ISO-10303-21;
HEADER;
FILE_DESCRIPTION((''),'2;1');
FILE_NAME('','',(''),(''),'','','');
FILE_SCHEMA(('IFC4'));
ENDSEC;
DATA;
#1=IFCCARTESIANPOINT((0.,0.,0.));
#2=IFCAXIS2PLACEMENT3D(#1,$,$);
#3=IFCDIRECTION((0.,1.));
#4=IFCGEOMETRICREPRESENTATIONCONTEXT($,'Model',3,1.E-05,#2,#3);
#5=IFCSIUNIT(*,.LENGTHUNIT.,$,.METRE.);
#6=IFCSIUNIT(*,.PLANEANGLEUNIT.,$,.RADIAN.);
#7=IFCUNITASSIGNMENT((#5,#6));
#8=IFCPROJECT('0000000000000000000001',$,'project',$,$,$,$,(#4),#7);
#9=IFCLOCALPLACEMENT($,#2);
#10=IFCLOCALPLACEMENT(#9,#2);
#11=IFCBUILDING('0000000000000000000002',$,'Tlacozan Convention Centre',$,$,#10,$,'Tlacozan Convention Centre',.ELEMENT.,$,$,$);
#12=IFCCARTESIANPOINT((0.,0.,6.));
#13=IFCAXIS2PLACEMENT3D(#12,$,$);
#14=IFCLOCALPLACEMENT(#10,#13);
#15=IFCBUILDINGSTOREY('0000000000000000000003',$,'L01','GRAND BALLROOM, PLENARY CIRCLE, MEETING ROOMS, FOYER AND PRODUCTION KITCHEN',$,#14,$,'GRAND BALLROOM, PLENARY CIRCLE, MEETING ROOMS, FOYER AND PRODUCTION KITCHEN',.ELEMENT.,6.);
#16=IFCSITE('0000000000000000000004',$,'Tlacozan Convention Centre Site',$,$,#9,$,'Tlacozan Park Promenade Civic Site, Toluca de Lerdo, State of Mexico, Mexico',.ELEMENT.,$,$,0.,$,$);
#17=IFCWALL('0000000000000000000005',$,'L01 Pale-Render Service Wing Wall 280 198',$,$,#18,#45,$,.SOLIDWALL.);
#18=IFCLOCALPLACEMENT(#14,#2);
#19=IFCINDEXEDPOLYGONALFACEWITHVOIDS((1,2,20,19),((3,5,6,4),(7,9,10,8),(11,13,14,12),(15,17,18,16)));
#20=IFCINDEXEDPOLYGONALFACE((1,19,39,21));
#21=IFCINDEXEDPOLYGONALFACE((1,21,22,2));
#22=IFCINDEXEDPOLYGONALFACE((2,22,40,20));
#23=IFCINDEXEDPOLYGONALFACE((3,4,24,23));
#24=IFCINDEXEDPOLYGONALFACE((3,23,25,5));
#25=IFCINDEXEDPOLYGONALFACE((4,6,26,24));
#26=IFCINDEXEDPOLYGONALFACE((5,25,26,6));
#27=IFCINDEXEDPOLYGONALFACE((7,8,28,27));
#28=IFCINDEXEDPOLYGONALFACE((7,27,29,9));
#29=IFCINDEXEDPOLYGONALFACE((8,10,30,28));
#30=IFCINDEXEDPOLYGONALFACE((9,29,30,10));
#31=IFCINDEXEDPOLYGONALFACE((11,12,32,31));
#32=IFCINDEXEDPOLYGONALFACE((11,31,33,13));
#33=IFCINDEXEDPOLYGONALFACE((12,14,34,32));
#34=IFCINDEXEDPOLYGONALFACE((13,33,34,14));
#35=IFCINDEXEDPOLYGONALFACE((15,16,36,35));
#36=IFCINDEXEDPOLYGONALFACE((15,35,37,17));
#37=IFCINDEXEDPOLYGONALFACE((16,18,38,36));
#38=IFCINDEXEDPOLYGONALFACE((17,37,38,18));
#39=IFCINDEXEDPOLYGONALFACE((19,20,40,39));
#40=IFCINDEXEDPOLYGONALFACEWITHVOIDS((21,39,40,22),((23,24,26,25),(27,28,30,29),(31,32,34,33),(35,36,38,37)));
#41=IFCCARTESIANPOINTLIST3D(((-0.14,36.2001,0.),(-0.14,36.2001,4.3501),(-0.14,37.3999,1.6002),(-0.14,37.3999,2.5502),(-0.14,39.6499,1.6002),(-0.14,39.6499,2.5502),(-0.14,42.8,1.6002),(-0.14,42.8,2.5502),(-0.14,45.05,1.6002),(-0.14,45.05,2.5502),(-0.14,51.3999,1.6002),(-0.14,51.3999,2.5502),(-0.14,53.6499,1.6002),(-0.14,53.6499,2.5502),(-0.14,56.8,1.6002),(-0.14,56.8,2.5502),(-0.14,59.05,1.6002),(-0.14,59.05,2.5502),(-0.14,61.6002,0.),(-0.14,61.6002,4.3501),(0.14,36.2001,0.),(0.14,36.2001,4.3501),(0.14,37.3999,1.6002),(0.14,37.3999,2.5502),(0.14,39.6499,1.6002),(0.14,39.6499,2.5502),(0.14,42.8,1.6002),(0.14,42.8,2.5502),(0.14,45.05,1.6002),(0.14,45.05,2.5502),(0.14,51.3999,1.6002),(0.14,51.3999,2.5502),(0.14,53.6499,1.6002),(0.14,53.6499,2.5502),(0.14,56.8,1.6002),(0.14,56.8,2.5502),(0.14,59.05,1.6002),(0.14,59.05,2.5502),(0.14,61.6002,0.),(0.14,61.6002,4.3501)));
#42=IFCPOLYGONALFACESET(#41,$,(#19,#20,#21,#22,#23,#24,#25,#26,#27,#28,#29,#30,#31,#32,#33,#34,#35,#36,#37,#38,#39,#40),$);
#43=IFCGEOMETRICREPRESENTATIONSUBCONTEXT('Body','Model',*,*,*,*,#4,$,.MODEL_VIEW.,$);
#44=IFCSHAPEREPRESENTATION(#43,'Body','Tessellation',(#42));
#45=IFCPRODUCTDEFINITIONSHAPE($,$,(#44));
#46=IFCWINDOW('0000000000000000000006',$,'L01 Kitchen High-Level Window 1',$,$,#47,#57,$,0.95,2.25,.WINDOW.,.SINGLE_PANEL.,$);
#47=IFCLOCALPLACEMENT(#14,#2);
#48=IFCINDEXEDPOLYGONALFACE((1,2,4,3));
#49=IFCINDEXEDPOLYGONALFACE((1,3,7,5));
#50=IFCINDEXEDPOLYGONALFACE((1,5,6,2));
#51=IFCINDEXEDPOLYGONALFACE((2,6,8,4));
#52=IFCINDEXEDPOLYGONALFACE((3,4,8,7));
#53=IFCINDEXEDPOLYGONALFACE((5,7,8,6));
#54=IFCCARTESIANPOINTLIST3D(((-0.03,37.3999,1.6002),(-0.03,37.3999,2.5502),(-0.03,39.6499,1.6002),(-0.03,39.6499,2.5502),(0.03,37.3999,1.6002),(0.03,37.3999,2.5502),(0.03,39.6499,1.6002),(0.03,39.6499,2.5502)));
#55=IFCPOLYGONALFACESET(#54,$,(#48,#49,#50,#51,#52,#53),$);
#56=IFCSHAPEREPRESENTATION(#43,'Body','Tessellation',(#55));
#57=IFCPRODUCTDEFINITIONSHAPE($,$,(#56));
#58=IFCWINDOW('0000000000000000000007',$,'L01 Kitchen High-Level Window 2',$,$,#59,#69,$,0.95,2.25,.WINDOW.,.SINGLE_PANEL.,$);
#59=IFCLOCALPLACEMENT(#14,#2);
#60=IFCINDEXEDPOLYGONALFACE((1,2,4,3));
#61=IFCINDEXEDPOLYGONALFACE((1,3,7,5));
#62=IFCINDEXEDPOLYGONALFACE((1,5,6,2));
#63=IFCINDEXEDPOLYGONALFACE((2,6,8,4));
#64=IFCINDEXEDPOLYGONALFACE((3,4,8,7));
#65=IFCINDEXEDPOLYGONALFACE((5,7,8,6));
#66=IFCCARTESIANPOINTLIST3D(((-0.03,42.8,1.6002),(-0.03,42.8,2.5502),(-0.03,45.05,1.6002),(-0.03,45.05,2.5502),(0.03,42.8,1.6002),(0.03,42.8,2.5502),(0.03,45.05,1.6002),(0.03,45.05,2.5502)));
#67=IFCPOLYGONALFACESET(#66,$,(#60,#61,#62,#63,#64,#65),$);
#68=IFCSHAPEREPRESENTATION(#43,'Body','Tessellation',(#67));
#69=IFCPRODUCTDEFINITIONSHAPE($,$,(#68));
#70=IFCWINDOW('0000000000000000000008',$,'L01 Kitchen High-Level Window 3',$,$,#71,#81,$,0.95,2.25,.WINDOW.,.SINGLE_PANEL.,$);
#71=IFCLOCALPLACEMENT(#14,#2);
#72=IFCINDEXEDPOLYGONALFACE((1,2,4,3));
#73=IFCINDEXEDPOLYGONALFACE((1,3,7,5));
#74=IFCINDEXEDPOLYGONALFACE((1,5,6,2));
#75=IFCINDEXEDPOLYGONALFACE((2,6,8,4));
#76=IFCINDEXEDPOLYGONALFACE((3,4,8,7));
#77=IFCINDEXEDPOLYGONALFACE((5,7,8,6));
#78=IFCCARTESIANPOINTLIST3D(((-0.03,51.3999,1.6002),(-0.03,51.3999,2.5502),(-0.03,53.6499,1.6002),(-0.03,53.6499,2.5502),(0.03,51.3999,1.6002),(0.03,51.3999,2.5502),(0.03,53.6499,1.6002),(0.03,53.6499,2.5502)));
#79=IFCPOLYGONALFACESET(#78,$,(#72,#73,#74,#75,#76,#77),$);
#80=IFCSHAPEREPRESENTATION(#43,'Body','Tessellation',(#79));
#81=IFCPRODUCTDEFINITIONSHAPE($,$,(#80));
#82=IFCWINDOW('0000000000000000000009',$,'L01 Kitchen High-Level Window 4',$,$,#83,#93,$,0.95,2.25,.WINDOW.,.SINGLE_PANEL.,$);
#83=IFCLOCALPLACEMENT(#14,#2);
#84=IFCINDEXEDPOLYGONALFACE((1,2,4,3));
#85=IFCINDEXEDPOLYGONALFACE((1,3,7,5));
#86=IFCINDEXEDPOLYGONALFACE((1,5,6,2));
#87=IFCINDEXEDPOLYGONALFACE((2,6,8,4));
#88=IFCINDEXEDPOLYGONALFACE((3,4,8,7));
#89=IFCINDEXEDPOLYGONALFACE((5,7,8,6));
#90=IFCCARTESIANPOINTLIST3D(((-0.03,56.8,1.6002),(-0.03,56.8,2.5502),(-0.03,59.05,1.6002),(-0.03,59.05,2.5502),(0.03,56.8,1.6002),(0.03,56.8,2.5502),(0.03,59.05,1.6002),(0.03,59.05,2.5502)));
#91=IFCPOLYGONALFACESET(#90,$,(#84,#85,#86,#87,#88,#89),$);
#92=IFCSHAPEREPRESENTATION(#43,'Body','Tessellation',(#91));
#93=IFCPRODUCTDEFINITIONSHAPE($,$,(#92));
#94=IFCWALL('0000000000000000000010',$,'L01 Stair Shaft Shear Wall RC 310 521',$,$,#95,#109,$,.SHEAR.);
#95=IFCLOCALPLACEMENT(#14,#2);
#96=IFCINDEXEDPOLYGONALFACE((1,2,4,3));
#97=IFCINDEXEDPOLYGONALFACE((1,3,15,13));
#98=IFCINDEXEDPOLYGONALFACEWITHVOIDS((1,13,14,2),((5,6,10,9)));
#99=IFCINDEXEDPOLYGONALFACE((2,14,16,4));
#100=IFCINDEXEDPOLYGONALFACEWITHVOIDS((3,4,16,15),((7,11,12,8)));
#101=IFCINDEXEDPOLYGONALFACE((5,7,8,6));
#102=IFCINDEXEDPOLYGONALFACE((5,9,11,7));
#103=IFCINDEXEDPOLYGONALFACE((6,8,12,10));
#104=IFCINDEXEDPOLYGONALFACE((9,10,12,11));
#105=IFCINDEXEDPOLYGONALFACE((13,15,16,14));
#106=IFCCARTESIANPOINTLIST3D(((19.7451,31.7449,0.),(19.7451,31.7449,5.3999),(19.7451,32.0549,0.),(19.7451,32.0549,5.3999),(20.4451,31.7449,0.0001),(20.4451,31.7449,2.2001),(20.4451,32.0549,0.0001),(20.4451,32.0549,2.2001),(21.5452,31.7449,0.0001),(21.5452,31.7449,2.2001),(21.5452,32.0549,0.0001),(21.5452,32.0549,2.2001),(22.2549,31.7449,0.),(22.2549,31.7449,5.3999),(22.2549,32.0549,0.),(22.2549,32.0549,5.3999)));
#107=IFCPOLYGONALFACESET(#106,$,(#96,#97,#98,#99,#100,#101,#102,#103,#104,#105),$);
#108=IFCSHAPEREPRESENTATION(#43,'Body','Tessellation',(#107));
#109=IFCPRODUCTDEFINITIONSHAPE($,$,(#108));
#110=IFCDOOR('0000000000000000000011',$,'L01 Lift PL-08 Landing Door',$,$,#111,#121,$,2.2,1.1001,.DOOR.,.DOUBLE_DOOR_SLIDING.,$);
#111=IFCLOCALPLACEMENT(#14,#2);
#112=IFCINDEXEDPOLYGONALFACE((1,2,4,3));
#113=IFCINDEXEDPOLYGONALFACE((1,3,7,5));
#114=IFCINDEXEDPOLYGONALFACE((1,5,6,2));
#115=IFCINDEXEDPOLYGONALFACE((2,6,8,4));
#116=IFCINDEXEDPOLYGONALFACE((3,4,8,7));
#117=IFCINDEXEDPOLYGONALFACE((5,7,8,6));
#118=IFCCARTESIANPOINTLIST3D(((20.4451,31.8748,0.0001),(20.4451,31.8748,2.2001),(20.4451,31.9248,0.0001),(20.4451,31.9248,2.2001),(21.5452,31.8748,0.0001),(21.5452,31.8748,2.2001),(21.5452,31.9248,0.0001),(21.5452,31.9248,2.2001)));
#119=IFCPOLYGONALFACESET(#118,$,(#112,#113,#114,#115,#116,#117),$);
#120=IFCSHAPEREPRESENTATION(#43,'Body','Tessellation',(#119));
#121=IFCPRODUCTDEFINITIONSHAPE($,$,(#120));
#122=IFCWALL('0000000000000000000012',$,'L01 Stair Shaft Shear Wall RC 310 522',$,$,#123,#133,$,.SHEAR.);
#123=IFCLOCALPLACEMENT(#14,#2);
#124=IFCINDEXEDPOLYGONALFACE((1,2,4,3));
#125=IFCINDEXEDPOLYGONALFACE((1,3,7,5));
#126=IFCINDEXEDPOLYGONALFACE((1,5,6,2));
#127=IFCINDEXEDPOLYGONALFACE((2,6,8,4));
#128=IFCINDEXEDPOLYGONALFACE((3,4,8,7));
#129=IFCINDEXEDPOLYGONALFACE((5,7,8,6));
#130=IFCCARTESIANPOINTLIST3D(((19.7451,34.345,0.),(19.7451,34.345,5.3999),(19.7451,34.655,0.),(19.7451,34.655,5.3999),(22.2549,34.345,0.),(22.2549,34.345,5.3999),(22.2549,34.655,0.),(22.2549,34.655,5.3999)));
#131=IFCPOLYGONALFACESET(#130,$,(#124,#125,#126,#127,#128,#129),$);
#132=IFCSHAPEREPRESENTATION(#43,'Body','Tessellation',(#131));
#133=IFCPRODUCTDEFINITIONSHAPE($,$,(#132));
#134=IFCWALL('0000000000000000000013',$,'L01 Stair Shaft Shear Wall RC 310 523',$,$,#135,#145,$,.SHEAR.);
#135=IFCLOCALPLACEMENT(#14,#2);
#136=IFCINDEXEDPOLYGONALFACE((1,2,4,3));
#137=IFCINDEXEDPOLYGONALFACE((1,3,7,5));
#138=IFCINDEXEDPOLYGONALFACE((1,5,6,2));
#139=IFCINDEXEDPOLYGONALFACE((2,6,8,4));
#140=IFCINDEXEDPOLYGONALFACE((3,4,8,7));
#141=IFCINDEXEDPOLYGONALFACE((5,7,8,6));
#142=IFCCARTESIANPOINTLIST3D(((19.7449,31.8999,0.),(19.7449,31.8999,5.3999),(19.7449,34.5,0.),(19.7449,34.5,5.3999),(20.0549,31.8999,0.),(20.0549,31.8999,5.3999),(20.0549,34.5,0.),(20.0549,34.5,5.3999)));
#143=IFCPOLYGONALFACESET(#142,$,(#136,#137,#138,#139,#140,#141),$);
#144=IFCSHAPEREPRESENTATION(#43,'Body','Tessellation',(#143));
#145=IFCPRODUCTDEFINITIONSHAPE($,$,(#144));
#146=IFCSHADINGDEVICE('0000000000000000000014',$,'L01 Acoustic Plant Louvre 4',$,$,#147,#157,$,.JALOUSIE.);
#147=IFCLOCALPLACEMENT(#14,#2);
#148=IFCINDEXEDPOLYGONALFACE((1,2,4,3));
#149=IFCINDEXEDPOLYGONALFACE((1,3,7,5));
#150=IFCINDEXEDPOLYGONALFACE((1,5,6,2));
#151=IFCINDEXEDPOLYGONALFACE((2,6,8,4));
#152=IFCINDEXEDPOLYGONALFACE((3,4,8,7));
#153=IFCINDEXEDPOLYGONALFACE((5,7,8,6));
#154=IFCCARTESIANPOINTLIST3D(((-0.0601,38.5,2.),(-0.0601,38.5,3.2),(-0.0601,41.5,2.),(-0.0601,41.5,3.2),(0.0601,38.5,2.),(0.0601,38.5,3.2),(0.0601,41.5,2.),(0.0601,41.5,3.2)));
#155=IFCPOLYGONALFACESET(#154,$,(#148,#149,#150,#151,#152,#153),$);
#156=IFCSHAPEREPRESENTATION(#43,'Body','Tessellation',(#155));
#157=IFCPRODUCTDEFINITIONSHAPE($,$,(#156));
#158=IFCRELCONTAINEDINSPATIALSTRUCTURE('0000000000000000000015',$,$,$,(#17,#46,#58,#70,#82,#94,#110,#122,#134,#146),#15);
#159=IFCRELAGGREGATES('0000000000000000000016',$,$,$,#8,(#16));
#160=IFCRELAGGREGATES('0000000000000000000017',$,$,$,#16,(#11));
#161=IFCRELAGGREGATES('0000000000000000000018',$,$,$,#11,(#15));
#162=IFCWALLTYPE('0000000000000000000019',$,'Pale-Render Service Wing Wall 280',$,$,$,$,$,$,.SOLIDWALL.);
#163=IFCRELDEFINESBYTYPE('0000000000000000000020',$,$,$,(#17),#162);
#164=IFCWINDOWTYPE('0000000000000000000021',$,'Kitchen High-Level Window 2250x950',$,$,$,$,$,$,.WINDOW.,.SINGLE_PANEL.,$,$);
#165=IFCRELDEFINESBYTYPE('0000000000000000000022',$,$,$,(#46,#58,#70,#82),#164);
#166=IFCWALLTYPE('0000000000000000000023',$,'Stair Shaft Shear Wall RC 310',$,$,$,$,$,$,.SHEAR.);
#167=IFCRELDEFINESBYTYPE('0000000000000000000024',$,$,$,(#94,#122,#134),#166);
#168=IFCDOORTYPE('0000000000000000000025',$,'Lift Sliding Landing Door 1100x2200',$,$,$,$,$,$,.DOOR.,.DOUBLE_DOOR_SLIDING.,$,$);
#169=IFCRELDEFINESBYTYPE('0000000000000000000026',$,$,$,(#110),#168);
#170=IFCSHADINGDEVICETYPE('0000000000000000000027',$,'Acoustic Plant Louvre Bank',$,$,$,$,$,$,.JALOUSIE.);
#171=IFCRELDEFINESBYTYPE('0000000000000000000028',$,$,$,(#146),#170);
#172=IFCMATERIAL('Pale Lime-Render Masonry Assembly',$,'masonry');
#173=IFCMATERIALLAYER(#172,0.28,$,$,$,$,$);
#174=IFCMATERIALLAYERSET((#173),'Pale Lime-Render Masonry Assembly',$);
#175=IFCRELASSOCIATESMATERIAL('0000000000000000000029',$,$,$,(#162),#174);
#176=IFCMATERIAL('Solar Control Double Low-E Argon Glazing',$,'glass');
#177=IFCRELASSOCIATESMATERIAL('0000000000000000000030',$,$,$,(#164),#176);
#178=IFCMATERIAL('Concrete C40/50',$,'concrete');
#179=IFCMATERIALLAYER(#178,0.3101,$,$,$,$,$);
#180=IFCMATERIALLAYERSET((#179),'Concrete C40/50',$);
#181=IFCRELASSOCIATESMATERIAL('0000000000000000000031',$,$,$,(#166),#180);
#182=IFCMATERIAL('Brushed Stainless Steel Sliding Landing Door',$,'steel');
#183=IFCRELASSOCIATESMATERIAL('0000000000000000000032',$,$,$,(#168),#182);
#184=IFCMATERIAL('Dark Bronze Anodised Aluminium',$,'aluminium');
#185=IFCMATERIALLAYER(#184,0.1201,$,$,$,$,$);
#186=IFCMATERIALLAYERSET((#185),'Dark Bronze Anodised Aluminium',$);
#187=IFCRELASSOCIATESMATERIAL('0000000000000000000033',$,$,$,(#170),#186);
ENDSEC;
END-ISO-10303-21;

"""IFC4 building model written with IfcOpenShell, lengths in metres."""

from ifc_helpers import new_model, si_unit, direction, frame, frame_2d, origin, origin_2d, place, context, subcontext, project, spatial, rectangle, extrude, material, layer, layer_set, type_object, element, fill, save


model = new_model("IFC4")

# Units and contexts
model_context = context("Model", 3, precision=1e-05, world=origin(), true_north=direction((0.0, 1.0)))
body_context = subcontext(model_context, "Body", "Model", "MODEL_VIEW")
ifc_project = project(units=[si_unit("LENGTHUNIT", "METRE"), si_unit("PLANEANGLEUNIT", "RADIAN")], contexts=[model_context])

# Site, building, storey
site_placement = place(None, origin())
site = spatial("IfcSite", under=ifc_project, at=site_placement, Name="Tlacozan Convention Centre Site", LongName="Tlacozan Park Promenade Civic Site, Toluca de Lerdo, State of Mexico, Mexico", CompositionType="ELEMENT", RefElevation=0.0)
building_placement = place(site_placement, origin())
building = spatial("IfcBuilding", under=site, at=building_placement, Name="Tlacozan Convention Centre", LongName="Tlacozan Convention Centre", CompositionType="ELEMENT")
storey_placement = place(building_placement, frame((0.0, 0.0, 6.0)))
storey = spatial("IfcBuildingStorey", under=building, at=storey_placement, Name="L01", Description="GRAND BALLROOM, PLENARY CIRCLE, MEETING ROOMS, FOYER AND PRODUCTION KITCHEN", LongName="GRAND BALLROOM, PLENARY CIRCLE, MEETING ROOMS, FOYER AND PRODUCTION KITCHEN", CompositionType="ELEMENT", Elevation=6.0)

# Shared definitions
ifc_material_1 = material(Name="Pale Lime-Render Masonry Assembly", Category="masonry")
ifc_layer_1 = layer(ifc_material_1, 0.28)
ifc_layer_set_1 = layer_set([ifc_layer_1], Name="Pale Lime-Render Masonry Assembly")
wall_type_1 = type_object("IfcWallType", Name="Pale-Render Service Wing Wall 280", PredefinedType="SOLIDWALL", material=ifc_layer_set_1)
ifc_material_2 = material(Name="Solar Control Double Low-E Argon Glazing", Category="glass")

# Wall, openings, windows
wall_1_placement = place(storey_placement, frame((0.0, 36.2, 0.0), z_axis=(0.0, 0.0, 1.0), x_axis=(0.0, 1.0, 0.0)))
wall_1 = element("IfcWall", 1, at=wall_1_placement, inside=storey, type_object=wall_type_1, Name="L01 Pale-Render Service Wing Wall 280 198", PredefinedType="SOLIDWALL", context=body_context, shape_type="SweptSolid", body=[
    extrude(rectangle(XDim=25.4001, YDim=0.28, at=frame_2d((12.7002, 0.0))), origin(), (0.0, 0.0, 1.0), 4.3501),
])
opening_1_placement = place(wall_1_placement, frame((1.2, 0.0, 1.6001)))
opening_1 = element("IfcOpeningElement", 2, at=opening_1_placement, cuts=wall_1, PredefinedType="OPENING", context=body_context, shape_type="SweptSolid", body=[
    extrude(rectangle(XDim=2.25, YDim=0.95, at=frame_2d((1.125, 0.4751))), frame((0.0, 0.1499, 0.0), z_axis=(0.0, -1.0, 0.0), x_axis=(1.0, 0.0, 0.0)), (0.0, 0.0, 1.0), 0.3),
])
opening_2_placement = place(wall_1_placement, frame((6.6001, 0.0, 1.6001)))
opening_2 = element("IfcOpeningElement", 3, at=opening_2_placement, cuts=wall_1, PredefinedType="OPENING", context=body_context, shape_type="SweptSolid", body=[
    extrude(rectangle(XDim=2.25, YDim=0.95, at=frame_2d((1.125, 0.4751))), frame((0.0, 0.1499, 0.0), z_axis=(0.0, -1.0, 0.0), x_axis=(1.0, 0.0, 0.0)), (0.0, 0.0, 1.0), 0.3),
])
opening_3_placement = place(wall_1_placement, frame((15.2, 0.0, 1.6001)))
opening_3 = element("IfcOpeningElement", 4, at=opening_3_placement, cuts=wall_1, PredefinedType="OPENING", context=body_context, shape_type="SweptSolid", body=[
    extrude(rectangle(XDim=2.25, YDim=0.95, at=frame_2d((1.125, 0.4751))), frame((0.0, 0.1499, 0.0), z_axis=(0.0, -1.0, 0.0), x_axis=(1.0, 0.0, 0.0)), (0.0, 0.0, 1.0), 0.3),
])
opening_4_placement = place(wall_1_placement, frame((20.6001, 0.0, 1.6001)))
opening_4 = element("IfcOpeningElement", 5, at=opening_4_placement, cuts=wall_1, PredefinedType="OPENING", context=body_context, shape_type="SweptSolid", body=[
    extrude(rectangle(XDim=2.25, YDim=0.95, at=frame_2d((1.125, 0.4751))), frame((0.0, 0.1499, 0.0), z_axis=(0.0, -1.0, 0.0), x_axis=(1.0, 0.0, 0.0)), (0.0, 0.0, 1.0), 0.3),
])
window_type_1 = type_object("IfcWindowType", Name="Kitchen High-Level Window 2250x950", PartitioningType="SINGLE_PANEL", PredefinedType="WINDOW", material=ifc_material_2)
window_1_placement = place(opening_1_placement, origin())
window_1 = element("IfcWindow", 6, at=window_1_placement, inside=storey, type_object=window_type_1, Name="L01 Kitchen High-Level Window 1", OverallHeight=0.95, OverallWidth=2.25, PartitioningType="SINGLE_PANEL", PredefinedType="WINDOW", context=body_context, shape_type="SweptSolid", body=[
    extrude(rectangle(XDim=2.25, YDim=0.95, at=frame_2d((1.125, 0.4751))), frame((0.0, 0.03, 0.0), z_axis=(0.0, -1.0, 0.0), x_axis=(1.0, 0.0, 0.0)), (0.0, 0.0, 1.0), 0.0601),
])
fill(opening_1, window_1)
window_2_placement = place(opening_2_placement, origin())
window_2 = element("IfcWindow", 7, at=window_2_placement, inside=storey, type_object=window_type_1, Name="L01 Kitchen High-Level Window 2", OverallHeight=0.95, OverallWidth=2.25, PartitioningType="SINGLE_PANEL", PredefinedType="WINDOW", context=body_context, shape_type="SweptSolid", body=[
    extrude(rectangle(XDim=2.25, YDim=0.95, at=frame_2d((1.125, 0.4751))), frame((0.0, 0.03, 0.0), z_axis=(0.0, -1.0, 0.0), x_axis=(1.0, 0.0, 0.0)), (0.0, 0.0, 1.0), 0.0601),
])
fill(opening_2, window_2)
window_3_placement = place(opening_3_placement, origin())
window_3 = element("IfcWindow", 8, at=window_3_placement, inside=storey, type_object=window_type_1, Name="L01 Kitchen High-Level Window 3", OverallHeight=0.95, OverallWidth=2.25, PartitioningType="SINGLE_PANEL", PredefinedType="WINDOW", context=body_context, shape_type="SweptSolid", body=[
    extrude(rectangle(XDim=2.25, YDim=0.95, at=frame_2d((1.125, 0.4751))), frame((0.0, 0.03, 0.0), z_axis=(0.0, -1.0, 0.0), x_axis=(1.0, 0.0, 0.0)), (0.0, 0.0, 1.0), 0.0601),
])
fill(opening_3, window_3)
window_4_placement = place(opening_4_placement, origin())
window_4 = element("IfcWindow", 9, at=window_4_placement, inside=storey, type_object=window_type_1, Name="L01 Kitchen High-Level Window 4", OverallHeight=0.95, OverallWidth=2.25, PartitioningType="SINGLE_PANEL", PredefinedType="WINDOW", context=body_context, shape_type="SweptSolid", body=[
    extrude(rectangle(XDim=2.25, YDim=0.95, at=frame_2d((1.125, 0.4751))), frame((0.0, 0.03, 0.0), z_axis=(0.0, -1.0, 0.0), x_axis=(1.0, 0.0, 0.0)), (0.0, 0.0, 1.0), 0.0601),
])
fill(opening_4, window_4)

# Wall, opening, door
ifc_material_3 = material(Name="Concrete C40/50", Category="concrete")
ifc_layer_2 = layer(ifc_material_3, 0.3101)
ifc_layer_set_2 = layer_set([ifc_layer_2], Name="Concrete C40/50")
wall_type_2 = type_object("IfcWallType", Name="Stair Shaft Shear Wall RC 310", PredefinedType="SHEAR", material=ifc_layer_set_2)
wall_2_placement = place(storey_placement, frame((19.7451, 31.8999, 0.0), z_axis=(0.0, 0.0, 1.0), x_axis=(1.0, 0.0, 0.0)))
wall_2 = element("IfcWall", 10, at=wall_2_placement, inside=storey, type_object=wall_type_2, Name="L01 Stair Shaft Shear Wall RC 310 521", PredefinedType="SHEAR", context=body_context, shape_type="SweptSolid", body=[
    extrude(rectangle(XDim=2.5098, YDim=0.3101, at=frame_2d((1.2549, 0.0))), origin(), (0.0, 0.0, 1.0), 5.3999),
])
opening_5_placement = place(wall_2_placement, frame((0.7, 0.0, 0.0)))
opening_5 = element("IfcOpeningElement", 11, at=opening_5_placement, cuts=wall_2, PredefinedType="OPENING", context=body_context, shape_type="SweptSolid", body=[
    extrude(rectangle(XDim=1.1001, YDim=2.2, at=frame_2d((0.55, 1.1001))), frame((0.0, 0.165, 0.0), z_axis=(0.0, -1.0, 0.0), x_axis=(1.0, 0.0, 0.0)), (0.0, 0.0, 1.0), 0.3301),
])
ifc_material_4 = material(Name="Brushed Stainless Steel Sliding Landing Door", Category="steel")
door_type_1 = type_object("IfcDoorType", Name="Lift Sliding Landing Door 1100x2200", OperationType="DOUBLE_DOOR_SLIDING", PredefinedType="DOOR", material=ifc_material_4)
door_1_placement = place(opening_5_placement, origin())
door_1 = element("IfcDoor", 12, at=door_1_placement, inside=storey, type_object=door_type_1, Name="L01 Lift PL-08 Landing Door", OperationType="DOUBLE_DOOR_SLIDING", OverallHeight=2.2, OverallWidth=1.1001, PredefinedType="DOOR", context=body_context, shape_type="SweptSolid", body=[
    extrude(rectangle(XDim=1.1001, YDim=2.2, at=frame_2d((0.55, 1.1001))), frame((0.0, 0.0249, 0.0), z_axis=(0.0, -1.0, 0.0), x_axis=(1.0, 0.0, 0.0)), (0.0, 0.0, 1.0), 0.05),
])
fill(opening_5, door_1)

# Walls
wall_3_placement = place(storey_placement, frame((19.7451, 34.5, 0.0), z_axis=(0.0, 0.0, 1.0), x_axis=(1.0, 0.0, 0.0)))
element("IfcWall", 13, at=wall_3_placement, inside=storey, type_object=wall_type_2, Name="L01 Stair Shaft Shear Wall RC 310 522", PredefinedType="SHEAR", context=body_context, shape_type="SweptSolid", body=[
    extrude(rectangle(XDim=2.5098, YDim=0.3101, at=frame_2d((1.2549, 0.0))), origin(), (0.0, 0.0, 1.0), 5.3999),
])
wall_4_placement = place(storey_placement, frame((19.8999, 31.8999, 0.0), z_axis=(0.0, 0.0, 1.0), x_axis=(0.0, 1.0, 0.0)))
element("IfcWall", 14, at=wall_4_placement, inside=storey, type_object=wall_type_2, Name="L01 Stair Shaft Shear Wall RC 310 523", PredefinedType="SHEAR", context=body_context, shape_type="SweptSolid", body=[
    extrude(rectangle(XDim=2.6001, YDim=0.3101, at=frame_2d((1.3, 0.0))), origin(), (0.0, 0.0, 1.0), 5.3999),
])

# Shading device
ifc_material_5 = material(Name="Dark Bronze Anodised Aluminium", Category="aluminium")
ifc_layer_3 = layer(ifc_material_5, 0.1201)
ifc_layer_set_3 = layer_set([ifc_layer_3], Name="Dark Bronze Anodised Aluminium")
shading_device_type = type_object("IfcShadingDeviceType", Name="Acoustic Plant Louvre Bank", PredefinedType="JALOUSIE", material=ifc_layer_set_3)
shading_device_placement = place(storey_placement, frame((0.0, 40.0, 2.0), z_axis=(0.0, 0.0, 1.0), x_axis=(0.0, 1.0, 0.0)))
element("IfcShadingDevice", 15, at=shading_device_placement, inside=storey, type_object=shading_device_type, Name="L01 Acoustic Plant Louvre 4", PredefinedType="JALOUSIE", context=body_context, shape_type="SweptSolid", body=[
    extrude(rectangle(XDim=3.0, YDim=0.1201, at=origin_2d()), origin(), (0.0, 0.0, 1.0), 1.2),
])

save(model, "model.ifc")
